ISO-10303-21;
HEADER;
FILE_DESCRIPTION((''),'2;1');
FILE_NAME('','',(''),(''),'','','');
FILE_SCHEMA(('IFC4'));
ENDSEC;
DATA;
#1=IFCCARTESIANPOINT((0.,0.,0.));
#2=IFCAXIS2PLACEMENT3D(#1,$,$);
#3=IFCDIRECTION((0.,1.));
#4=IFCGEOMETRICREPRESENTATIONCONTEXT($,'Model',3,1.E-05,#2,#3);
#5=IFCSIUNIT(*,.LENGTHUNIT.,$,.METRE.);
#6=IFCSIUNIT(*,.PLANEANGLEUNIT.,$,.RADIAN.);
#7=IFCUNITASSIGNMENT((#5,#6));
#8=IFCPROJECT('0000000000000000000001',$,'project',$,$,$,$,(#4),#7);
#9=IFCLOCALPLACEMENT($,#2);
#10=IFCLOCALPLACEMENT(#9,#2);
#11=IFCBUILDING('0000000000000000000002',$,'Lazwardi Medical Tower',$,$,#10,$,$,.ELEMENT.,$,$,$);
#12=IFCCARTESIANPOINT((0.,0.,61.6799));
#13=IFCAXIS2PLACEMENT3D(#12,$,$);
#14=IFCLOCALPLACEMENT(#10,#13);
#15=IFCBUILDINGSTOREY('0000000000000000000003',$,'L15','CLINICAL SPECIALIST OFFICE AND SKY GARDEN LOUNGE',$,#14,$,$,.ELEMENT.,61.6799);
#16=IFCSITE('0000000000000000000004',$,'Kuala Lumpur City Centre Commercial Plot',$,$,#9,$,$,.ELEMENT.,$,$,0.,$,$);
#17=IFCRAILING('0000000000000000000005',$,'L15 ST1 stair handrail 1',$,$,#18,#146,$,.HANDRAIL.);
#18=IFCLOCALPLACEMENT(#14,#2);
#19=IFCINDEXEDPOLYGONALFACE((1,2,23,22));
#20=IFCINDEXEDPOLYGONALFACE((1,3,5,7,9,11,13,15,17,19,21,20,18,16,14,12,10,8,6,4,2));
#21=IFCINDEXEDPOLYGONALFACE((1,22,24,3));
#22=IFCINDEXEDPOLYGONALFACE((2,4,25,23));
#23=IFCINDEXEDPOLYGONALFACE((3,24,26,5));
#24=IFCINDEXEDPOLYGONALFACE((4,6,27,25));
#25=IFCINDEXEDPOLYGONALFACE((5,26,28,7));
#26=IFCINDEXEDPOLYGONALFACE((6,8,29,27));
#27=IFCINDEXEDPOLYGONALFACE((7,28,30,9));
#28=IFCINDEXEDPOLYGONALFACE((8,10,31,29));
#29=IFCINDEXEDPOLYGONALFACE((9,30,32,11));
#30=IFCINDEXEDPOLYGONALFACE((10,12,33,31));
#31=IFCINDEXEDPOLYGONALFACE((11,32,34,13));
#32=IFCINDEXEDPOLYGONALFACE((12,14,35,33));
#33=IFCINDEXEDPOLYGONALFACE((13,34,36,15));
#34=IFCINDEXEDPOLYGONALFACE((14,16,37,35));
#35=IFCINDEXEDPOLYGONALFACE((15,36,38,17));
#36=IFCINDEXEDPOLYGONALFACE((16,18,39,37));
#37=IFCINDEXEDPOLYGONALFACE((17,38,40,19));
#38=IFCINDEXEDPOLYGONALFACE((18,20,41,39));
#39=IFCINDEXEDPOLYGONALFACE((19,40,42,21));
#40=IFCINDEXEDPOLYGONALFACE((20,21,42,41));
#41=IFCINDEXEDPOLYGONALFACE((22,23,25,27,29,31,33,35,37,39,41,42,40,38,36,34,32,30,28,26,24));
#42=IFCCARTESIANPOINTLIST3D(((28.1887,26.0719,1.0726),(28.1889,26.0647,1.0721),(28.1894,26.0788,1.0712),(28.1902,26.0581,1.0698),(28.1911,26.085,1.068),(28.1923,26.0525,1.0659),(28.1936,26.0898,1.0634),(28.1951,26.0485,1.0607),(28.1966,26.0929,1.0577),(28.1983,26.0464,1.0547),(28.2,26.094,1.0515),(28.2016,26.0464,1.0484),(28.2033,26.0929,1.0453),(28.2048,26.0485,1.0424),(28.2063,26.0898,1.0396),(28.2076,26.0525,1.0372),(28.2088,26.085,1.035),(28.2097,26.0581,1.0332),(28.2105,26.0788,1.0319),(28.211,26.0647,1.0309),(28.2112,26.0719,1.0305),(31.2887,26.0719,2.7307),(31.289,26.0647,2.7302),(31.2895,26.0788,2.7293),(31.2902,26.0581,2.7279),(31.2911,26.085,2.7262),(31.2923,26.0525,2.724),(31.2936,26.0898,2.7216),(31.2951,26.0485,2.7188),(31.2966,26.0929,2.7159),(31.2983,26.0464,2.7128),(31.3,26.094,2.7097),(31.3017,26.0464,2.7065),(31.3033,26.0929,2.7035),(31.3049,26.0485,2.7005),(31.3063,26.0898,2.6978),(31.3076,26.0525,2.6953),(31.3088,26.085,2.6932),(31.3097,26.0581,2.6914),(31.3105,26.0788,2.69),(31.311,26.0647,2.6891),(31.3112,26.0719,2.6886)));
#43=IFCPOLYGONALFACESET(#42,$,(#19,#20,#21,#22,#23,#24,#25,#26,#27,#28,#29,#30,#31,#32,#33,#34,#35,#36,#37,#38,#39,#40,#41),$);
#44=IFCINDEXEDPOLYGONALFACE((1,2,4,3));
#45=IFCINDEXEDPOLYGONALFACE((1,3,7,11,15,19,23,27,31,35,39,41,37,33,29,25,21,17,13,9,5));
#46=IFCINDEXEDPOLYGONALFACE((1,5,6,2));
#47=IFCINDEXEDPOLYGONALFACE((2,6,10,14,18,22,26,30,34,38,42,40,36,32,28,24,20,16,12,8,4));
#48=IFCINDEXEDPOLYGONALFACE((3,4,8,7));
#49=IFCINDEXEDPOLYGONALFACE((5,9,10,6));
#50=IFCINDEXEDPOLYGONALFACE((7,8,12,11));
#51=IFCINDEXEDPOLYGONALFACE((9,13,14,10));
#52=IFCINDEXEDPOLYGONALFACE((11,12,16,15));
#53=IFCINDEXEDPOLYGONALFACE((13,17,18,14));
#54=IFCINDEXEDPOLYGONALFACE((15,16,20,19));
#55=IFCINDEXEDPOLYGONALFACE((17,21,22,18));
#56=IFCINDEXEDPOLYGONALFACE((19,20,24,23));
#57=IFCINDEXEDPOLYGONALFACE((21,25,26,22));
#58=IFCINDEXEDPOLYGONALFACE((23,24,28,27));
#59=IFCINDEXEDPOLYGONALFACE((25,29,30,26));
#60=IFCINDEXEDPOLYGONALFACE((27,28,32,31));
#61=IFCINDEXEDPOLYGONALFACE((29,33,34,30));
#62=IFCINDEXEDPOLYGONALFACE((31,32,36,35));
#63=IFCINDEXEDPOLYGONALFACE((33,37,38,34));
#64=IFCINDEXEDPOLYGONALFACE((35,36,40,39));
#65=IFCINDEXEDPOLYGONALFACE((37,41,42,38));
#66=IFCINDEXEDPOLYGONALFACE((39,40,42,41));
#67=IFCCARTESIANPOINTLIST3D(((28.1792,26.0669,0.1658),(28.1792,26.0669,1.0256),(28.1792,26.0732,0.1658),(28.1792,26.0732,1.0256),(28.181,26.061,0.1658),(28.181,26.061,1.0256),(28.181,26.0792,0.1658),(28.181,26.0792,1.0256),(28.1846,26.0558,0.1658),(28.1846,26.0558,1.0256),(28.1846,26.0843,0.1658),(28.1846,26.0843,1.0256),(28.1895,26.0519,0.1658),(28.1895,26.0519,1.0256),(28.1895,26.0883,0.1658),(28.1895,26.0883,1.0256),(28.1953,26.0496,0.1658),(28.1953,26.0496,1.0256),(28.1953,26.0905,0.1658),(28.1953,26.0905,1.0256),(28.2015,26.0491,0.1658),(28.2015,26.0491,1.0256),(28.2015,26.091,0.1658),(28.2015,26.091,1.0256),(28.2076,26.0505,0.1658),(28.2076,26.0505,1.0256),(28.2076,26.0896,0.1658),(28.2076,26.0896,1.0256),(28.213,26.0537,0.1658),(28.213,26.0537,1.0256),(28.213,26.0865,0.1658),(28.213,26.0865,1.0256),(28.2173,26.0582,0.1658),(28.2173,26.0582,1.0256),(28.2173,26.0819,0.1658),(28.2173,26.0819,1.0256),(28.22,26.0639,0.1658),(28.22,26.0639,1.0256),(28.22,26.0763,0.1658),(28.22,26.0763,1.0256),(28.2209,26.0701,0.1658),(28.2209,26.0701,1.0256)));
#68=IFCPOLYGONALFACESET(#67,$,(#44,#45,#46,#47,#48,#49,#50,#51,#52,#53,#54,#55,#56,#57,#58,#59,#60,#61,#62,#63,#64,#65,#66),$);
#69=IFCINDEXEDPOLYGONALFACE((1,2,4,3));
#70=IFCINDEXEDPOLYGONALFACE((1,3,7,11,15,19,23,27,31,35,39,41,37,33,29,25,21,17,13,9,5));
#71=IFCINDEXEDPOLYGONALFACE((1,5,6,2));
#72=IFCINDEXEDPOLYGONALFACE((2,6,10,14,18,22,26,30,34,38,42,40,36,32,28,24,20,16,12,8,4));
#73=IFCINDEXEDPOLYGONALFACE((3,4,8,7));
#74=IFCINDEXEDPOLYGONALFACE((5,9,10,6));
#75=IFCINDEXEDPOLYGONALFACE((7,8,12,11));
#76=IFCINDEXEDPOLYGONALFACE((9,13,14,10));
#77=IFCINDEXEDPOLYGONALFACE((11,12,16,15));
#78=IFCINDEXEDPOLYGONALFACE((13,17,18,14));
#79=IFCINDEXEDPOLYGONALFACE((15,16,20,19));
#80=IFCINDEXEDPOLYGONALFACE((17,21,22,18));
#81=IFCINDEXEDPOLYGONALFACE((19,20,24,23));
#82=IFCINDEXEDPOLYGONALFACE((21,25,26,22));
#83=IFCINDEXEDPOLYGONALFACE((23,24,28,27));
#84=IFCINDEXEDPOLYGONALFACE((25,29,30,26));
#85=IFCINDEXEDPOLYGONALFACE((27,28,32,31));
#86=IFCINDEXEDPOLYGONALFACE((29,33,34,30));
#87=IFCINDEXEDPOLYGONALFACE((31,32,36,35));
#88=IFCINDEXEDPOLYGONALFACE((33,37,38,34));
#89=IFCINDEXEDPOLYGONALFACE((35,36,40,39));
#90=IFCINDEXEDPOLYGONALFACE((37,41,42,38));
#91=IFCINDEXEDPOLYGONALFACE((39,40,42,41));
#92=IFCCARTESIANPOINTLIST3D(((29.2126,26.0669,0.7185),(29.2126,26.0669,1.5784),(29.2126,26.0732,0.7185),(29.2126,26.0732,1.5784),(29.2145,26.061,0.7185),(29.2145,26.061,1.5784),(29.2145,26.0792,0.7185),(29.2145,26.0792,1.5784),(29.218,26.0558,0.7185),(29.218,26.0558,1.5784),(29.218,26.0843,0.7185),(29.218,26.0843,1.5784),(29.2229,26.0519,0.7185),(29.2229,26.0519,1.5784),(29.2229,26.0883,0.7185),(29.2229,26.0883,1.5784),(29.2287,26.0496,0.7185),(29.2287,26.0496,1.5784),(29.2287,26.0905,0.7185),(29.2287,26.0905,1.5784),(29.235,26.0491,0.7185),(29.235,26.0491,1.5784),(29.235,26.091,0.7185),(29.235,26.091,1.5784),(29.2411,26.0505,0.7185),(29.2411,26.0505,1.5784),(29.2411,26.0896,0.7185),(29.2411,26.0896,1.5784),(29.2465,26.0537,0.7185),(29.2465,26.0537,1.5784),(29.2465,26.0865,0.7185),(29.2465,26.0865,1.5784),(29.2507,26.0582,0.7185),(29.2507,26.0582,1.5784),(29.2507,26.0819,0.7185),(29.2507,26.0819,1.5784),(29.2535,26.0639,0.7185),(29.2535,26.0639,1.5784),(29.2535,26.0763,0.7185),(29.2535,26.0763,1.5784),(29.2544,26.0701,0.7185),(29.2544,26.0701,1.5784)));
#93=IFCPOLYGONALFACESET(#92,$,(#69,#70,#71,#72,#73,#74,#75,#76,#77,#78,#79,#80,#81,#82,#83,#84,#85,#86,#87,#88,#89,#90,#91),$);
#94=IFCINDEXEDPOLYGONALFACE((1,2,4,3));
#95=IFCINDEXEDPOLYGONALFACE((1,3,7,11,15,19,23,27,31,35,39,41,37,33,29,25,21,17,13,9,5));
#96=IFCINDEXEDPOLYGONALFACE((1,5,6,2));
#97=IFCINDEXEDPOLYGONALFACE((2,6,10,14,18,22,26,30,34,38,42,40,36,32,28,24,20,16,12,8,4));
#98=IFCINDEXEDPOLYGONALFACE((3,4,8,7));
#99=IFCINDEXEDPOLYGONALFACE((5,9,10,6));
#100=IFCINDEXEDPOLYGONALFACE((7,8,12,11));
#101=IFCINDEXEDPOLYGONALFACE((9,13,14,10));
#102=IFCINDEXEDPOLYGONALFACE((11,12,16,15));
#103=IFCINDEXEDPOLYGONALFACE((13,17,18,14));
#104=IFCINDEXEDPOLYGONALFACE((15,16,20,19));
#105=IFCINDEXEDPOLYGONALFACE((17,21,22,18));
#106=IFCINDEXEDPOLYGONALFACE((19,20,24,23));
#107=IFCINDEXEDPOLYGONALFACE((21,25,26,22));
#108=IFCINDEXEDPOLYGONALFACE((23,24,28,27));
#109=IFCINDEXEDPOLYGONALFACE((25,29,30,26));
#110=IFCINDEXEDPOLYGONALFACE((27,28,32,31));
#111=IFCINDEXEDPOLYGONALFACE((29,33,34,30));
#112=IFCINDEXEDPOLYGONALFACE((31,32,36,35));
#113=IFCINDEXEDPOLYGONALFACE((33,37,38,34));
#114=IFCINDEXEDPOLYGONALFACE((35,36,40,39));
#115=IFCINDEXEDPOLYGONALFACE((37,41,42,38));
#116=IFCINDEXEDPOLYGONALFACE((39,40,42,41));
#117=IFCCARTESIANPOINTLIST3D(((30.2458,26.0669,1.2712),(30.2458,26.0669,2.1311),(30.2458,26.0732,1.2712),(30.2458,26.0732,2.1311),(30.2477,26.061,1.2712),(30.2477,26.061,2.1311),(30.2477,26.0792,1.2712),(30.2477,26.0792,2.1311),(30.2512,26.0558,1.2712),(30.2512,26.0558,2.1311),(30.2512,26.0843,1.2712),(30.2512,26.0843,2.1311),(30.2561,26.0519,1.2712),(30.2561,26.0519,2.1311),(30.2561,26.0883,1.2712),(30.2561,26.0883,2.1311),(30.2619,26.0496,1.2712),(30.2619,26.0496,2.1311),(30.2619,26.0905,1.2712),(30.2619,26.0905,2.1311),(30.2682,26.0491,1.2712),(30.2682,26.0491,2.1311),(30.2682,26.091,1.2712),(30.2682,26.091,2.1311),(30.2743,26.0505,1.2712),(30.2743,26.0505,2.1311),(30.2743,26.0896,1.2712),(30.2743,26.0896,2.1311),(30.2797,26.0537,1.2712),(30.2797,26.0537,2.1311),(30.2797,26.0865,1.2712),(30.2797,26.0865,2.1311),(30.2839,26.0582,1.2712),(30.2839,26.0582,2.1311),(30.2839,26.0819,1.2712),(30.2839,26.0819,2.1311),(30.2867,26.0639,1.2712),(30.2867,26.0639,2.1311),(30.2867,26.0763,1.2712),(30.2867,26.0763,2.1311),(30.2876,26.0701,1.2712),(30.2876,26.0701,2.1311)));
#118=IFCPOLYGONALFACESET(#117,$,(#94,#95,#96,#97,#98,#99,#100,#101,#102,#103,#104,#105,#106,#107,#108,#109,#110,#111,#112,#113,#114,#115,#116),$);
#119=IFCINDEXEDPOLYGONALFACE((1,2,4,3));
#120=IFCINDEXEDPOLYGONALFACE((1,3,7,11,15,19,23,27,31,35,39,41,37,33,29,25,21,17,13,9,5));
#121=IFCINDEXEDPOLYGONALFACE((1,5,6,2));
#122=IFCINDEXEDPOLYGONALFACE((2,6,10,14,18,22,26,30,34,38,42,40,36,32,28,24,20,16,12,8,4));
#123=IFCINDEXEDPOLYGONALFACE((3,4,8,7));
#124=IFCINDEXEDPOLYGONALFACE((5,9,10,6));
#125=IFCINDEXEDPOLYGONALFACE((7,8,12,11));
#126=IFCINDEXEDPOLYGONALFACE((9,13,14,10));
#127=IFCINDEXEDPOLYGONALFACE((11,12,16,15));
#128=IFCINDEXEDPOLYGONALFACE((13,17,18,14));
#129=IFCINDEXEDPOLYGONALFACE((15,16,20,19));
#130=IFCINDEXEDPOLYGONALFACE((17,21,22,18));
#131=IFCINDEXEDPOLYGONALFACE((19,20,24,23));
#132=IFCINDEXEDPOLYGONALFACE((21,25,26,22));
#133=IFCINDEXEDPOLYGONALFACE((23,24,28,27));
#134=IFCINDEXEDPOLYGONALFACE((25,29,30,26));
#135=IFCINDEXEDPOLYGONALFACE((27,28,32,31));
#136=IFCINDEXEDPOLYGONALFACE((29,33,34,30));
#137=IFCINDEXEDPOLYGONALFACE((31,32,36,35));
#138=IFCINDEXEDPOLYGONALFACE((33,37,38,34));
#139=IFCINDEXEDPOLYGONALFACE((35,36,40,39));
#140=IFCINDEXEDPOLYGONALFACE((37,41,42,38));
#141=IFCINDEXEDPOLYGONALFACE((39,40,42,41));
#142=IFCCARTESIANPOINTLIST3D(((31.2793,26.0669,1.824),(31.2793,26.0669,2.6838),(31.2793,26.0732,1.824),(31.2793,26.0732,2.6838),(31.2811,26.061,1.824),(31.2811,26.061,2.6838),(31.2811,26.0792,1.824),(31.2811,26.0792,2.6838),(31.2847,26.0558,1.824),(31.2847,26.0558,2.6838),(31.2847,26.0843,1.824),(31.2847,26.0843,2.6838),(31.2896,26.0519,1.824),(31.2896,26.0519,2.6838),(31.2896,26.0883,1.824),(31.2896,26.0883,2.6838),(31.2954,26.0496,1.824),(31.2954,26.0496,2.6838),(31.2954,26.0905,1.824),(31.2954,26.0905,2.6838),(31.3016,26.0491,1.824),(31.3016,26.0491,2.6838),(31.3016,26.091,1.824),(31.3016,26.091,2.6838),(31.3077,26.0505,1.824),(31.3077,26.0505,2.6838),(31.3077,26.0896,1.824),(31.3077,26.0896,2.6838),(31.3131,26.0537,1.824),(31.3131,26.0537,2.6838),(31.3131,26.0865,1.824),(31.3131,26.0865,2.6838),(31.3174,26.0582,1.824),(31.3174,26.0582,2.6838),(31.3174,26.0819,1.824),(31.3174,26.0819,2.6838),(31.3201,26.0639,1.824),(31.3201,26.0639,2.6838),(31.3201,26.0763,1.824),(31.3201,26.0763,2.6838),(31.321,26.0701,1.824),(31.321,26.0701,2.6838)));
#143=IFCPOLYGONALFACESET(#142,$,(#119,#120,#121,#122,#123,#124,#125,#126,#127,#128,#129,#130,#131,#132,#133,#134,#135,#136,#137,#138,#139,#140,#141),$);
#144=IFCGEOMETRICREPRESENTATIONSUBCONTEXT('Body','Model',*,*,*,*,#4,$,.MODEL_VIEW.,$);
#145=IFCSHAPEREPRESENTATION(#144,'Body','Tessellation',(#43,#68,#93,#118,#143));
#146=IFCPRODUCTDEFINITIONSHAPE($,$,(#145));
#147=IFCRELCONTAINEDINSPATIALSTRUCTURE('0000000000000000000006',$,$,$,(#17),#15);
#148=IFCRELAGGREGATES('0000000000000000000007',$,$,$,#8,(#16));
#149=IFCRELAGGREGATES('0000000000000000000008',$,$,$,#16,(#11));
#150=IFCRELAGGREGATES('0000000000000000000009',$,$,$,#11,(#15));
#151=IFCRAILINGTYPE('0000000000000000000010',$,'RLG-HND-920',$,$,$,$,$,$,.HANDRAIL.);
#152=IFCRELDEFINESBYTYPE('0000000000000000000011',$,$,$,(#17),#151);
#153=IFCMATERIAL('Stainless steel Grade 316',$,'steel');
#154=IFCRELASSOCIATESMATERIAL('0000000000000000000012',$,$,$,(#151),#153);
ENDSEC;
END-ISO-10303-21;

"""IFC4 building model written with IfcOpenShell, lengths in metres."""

from ifc_helpers import new_model, si_unit, direction, frame, origin, origin_2d, place, context, subcontext, project, spatial, circle, extrude, material, type_object, element, save


model = new_model("IFC4")

# Units and contexts
model_context = context("Model", 3, precision=1e-05, world=origin(), true_north=direction((0.0, 1.0)))
body_context = subcontext(model_context, "Body", "Model", "MODEL_VIEW")
ifc_project = project(units=[si_unit("LENGTHUNIT", "METRE"), si_unit("PLANEANGLEUNIT", "RADIAN")], contexts=[model_context])

# Site, building, storey
site_placement = place(None, origin())
site = spatial("IfcSite", under=ifc_project, at=site_placement, Name="Kuala Lumpur City Centre Commercial Plot", CompositionType="ELEMENT", RefElevation=0.0)
building_placement = place(site_placement, origin())
building = spatial("IfcBuilding", under=site, at=building_placement, Name="Lazwardi Medical Tower", CompositionType="ELEMENT")
storey_placement = place(building_placement, frame((0.0, 0.0, 61.6799)))
storey = spatial("IfcBuildingStorey", under=building, at=storey_placement, Name="L15", Description="CLINICAL SPECIALIST OFFICE AND SKY GARDEN LOUNGE", CompositionType="ELEMENT", Elevation=61.6799)

# Railing
ifc_material_1 = material(Name="Stainless steel Grade 316", Category="steel")
railing_type_1 = type_object("IfcRailingType", Name="RLG-HND-920", PredefinedType="HANDRAIL", material=ifc_material_1)
railing_1_placement = place(storey_placement, frame((28.2, 26.0701, 0.1658)))
element("IfcRailing", 1, at=railing_1_placement, inside=storey, type_object=railing_type_1, Name="L15 ST1 stair handrail 1", PredefinedType="HANDRAIL", context=body_context, shape_type="SweptSolid", body=[
    extrude(circle(Radius=0.0239, at=origin_2d()), frame((0.0, 0.0, 0.8857), z_axis=(0.881783, 0.0, 0.471655), x_axis=(0.0, 1.0, 0.0)), (0.0, 0.0, 1.0), 3.5156),
    extrude(circle(Radius=0.021, at=origin_2d()), origin(), (0.0, 0.0, 1.0), 0.8599),
    extrude(circle(Radius=0.021, at=origin_2d()), frame((1.0334, 0.0, 0.5527)), (0.0, 0.0, 1.0), 0.8599),
    extrude(circle(Radius=0.021, at=origin_2d()), frame((2.0667, 0.0, 1.1055)), (0.0, 0.0, 1.0), 0.8599),
    extrude(circle(Radius=0.021, at=origin_2d()), frame((3.1001, 0.0, 1.6582)), (0.0, 0.0, 1.0), 0.8599),
])

save(model, "model.ifc")
